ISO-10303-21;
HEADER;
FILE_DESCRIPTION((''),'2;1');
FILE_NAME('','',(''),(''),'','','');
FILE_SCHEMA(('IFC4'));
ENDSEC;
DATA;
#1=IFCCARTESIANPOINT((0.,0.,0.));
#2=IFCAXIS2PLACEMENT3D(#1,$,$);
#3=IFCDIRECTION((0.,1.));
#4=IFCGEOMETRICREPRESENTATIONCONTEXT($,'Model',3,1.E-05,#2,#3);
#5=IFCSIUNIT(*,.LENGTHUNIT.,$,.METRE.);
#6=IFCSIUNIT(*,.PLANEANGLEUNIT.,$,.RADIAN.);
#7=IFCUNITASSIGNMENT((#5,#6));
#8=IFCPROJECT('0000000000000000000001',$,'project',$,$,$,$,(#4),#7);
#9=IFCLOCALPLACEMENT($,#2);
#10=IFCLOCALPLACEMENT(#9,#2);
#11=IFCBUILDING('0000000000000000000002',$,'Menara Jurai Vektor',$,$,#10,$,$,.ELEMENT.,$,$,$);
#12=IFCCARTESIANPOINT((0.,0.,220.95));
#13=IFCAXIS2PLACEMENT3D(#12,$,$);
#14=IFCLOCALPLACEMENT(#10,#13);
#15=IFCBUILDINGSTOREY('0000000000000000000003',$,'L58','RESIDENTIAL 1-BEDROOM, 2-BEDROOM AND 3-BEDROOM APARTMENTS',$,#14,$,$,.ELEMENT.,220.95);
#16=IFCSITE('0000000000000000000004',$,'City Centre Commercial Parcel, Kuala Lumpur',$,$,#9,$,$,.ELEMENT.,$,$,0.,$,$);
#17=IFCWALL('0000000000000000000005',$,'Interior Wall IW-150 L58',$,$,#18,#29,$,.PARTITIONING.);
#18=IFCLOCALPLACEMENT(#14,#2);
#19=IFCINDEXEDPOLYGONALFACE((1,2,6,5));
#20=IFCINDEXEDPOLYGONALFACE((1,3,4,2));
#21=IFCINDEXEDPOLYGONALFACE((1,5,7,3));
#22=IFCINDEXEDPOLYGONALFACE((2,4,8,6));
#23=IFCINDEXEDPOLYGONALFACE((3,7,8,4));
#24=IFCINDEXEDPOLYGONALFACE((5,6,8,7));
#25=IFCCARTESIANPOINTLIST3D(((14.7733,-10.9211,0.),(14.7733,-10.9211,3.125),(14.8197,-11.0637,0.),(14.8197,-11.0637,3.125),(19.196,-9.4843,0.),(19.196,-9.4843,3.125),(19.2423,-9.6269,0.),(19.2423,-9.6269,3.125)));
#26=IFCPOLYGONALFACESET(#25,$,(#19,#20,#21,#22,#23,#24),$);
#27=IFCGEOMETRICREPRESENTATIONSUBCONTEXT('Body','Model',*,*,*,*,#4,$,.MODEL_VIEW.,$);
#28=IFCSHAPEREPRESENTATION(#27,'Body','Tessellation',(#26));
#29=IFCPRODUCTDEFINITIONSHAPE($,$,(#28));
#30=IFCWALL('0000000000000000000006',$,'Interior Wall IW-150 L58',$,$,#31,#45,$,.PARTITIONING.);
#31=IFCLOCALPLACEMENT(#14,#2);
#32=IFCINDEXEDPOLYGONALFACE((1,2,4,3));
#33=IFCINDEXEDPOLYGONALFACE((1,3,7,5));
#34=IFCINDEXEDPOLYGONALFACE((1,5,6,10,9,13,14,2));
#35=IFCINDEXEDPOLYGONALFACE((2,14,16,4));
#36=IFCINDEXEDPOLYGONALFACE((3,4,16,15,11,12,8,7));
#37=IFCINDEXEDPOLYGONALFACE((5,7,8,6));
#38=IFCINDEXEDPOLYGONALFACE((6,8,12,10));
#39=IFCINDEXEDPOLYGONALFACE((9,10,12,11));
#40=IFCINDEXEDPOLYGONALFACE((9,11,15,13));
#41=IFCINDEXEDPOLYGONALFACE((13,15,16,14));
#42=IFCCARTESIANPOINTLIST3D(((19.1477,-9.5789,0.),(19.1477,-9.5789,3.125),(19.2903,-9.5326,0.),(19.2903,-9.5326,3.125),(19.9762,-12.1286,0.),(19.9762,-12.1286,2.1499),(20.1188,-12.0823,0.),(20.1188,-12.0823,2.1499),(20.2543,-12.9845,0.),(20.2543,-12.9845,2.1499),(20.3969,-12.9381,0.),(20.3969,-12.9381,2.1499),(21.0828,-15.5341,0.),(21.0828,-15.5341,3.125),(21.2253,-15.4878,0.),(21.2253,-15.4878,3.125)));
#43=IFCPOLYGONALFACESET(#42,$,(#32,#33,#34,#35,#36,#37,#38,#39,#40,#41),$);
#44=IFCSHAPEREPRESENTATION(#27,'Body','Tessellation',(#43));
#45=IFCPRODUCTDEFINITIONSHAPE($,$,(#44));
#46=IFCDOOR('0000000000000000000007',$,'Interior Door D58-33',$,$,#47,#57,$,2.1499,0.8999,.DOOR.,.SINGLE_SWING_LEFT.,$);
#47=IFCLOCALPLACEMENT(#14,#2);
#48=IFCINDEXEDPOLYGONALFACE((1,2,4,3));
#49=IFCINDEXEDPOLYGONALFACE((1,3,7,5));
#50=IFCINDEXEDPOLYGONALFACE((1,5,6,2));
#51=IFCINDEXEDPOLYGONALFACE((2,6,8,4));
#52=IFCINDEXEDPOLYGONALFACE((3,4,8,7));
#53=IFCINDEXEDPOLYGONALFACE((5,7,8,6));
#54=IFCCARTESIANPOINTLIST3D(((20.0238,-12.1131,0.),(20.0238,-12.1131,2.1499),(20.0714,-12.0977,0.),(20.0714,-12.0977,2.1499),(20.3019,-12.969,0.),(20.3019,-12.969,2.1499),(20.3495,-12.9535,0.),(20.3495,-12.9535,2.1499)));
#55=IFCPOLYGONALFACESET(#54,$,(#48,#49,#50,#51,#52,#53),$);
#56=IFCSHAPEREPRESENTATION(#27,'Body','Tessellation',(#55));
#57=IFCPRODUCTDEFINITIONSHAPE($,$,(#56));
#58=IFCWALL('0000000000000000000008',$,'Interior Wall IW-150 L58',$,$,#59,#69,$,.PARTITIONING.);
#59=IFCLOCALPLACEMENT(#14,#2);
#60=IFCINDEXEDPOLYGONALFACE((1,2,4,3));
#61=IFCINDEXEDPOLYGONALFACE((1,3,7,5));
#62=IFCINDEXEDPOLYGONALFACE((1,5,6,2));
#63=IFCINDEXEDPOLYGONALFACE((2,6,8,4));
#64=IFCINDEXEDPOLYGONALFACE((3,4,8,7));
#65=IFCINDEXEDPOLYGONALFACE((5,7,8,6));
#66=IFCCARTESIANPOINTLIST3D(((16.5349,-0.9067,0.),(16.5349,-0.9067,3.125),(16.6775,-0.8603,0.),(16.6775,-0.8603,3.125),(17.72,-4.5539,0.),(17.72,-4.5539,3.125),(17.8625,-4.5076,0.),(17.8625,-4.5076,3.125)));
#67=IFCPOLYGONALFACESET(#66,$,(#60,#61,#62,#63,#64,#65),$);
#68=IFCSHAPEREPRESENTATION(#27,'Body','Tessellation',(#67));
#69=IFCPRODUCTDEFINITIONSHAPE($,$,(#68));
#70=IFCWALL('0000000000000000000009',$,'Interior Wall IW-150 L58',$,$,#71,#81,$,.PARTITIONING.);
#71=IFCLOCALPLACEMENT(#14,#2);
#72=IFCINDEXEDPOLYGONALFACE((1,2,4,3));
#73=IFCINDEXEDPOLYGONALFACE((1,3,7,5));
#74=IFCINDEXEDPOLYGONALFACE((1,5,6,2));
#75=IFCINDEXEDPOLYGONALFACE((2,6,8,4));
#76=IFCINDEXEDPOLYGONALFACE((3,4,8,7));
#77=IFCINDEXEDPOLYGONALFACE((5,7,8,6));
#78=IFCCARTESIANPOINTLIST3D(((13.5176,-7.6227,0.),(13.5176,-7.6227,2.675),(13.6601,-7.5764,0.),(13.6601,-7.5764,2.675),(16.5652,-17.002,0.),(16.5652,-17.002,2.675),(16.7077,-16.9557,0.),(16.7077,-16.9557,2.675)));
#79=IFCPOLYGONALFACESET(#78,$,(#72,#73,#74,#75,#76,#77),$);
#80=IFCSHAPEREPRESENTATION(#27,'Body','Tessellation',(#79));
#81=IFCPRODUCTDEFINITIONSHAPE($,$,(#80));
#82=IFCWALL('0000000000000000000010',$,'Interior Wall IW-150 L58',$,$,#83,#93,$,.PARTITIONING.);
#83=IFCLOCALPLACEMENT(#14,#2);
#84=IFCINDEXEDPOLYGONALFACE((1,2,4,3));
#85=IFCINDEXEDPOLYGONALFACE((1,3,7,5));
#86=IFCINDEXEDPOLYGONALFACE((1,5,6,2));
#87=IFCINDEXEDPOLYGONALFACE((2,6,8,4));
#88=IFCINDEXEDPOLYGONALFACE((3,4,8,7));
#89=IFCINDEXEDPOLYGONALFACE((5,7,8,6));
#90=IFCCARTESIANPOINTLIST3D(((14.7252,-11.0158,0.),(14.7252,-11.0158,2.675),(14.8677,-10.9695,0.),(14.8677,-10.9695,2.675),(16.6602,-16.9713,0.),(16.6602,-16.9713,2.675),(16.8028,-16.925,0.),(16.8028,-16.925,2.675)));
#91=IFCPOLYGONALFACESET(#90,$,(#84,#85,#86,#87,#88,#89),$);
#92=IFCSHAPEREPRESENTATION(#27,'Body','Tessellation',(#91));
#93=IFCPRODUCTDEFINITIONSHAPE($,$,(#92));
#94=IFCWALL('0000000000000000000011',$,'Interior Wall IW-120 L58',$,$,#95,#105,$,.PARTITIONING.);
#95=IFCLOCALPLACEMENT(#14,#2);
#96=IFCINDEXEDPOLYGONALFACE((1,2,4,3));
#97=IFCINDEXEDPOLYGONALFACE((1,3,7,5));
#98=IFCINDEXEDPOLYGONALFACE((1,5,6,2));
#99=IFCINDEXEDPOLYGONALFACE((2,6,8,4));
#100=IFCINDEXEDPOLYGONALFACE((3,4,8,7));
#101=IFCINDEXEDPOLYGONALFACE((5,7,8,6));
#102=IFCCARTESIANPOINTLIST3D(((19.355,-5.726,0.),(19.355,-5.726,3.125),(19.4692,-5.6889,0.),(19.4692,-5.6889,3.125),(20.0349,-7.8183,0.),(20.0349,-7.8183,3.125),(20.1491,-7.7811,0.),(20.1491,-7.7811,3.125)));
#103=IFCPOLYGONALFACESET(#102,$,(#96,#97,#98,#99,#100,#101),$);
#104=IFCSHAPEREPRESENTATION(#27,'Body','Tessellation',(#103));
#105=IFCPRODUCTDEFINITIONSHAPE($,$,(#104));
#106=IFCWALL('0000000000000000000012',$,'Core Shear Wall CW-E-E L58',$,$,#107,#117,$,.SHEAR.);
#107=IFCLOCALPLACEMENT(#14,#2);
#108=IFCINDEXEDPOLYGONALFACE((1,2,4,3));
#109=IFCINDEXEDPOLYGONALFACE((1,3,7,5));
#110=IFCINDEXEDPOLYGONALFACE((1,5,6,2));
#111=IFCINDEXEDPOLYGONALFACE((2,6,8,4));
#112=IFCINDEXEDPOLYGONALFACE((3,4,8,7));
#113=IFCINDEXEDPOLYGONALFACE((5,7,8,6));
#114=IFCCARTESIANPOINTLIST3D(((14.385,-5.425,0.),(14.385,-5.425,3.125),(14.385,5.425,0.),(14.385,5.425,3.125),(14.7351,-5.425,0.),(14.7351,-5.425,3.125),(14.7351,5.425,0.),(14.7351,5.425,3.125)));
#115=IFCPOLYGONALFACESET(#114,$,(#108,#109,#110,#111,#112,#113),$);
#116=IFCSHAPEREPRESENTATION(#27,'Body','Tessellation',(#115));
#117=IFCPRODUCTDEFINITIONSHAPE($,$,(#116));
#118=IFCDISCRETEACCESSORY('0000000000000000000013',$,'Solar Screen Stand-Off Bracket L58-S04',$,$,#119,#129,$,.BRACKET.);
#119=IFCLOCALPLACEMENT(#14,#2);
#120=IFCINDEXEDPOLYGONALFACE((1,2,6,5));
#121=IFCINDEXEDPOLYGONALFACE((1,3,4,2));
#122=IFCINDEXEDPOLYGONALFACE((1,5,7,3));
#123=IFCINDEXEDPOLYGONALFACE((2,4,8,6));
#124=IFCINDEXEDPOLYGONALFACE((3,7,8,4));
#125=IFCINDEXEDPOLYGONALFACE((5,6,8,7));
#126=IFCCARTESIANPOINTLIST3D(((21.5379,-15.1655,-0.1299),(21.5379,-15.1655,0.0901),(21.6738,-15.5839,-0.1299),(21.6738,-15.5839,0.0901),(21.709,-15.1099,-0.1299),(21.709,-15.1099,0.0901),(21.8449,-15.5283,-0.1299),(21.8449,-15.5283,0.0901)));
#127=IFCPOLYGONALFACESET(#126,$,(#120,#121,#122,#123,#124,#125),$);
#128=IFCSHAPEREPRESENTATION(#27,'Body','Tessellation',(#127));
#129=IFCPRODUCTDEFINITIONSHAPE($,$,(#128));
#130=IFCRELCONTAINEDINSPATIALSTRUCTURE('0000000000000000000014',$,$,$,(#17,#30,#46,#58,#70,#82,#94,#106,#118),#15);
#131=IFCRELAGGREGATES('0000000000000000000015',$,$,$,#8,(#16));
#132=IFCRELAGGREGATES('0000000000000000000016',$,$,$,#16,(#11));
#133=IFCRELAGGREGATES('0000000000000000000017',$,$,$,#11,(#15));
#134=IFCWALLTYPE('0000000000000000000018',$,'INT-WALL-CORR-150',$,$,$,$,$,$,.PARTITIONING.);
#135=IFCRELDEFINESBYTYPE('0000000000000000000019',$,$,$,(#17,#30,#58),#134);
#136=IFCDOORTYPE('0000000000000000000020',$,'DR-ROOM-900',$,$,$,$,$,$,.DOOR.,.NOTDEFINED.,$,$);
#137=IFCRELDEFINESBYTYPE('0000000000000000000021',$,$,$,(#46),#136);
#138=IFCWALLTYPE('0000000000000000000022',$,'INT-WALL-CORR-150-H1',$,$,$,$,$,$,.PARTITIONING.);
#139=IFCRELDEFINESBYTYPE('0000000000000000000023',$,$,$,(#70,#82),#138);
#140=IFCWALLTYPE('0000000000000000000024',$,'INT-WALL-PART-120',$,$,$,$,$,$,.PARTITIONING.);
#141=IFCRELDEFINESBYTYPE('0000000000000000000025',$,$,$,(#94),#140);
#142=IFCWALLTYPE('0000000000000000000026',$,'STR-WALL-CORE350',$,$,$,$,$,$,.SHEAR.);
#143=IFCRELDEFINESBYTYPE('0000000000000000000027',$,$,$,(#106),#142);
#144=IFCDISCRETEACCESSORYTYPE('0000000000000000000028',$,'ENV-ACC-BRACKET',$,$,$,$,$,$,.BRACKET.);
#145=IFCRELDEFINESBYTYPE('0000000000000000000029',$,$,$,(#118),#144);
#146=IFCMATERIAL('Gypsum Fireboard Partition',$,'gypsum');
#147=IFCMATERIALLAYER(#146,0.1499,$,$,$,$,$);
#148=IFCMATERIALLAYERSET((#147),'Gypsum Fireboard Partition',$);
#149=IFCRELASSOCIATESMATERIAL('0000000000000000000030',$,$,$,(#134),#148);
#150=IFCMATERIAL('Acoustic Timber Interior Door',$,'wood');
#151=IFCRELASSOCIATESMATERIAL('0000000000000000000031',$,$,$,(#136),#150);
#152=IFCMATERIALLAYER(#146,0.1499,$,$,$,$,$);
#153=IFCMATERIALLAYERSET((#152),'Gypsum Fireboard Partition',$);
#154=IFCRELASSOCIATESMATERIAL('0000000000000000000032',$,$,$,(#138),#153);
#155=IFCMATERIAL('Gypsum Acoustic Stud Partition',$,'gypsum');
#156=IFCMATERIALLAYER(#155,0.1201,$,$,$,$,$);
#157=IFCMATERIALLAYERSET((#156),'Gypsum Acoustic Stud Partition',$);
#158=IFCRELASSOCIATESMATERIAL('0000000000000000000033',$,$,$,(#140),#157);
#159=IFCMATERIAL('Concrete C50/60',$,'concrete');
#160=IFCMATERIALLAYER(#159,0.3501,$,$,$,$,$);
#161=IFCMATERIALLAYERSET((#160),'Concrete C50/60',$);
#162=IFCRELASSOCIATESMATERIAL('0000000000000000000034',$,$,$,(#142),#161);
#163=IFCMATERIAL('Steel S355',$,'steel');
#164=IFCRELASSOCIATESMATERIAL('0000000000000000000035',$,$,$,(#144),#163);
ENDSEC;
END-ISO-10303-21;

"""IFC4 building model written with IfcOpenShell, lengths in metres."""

from ifc_helpers import new_model, si_unit, direction, frame, frame_2d, origin, origin_2d, place, context, subcontext, project, spatial, rectangle, extrude, material, layer, layer_set, type_object, element, fill, save


model = new_model("IFC4")

# Units and contexts
model_context = context("Model", 3, precision=1e-05, world=origin(), true_north=direction((0.0, 1.0)))
body_context = subcontext(model_context, "Body", "Model", "MODEL_VIEW")
ifc_project = project(units=[si_unit("LENGTHUNIT", "METRE"), si_unit("PLANEANGLEUNIT", "RADIAN")], contexts=[model_context])

# Site, building, storey
site_placement = place(None, origin())
site = spatial("IfcSite", under=ifc_project, at=site_placement, Name="City Centre Commercial Parcel, Kuala Lumpur", CompositionType="ELEMENT", RefElevation=0.0)
building_placement = place(site_placement, origin())
building = spatial("IfcBuilding", under=site, at=building_placement, Name="Menara Jurai Vektor", CompositionType="ELEMENT")
storey_placement = place(building_placement, frame((0.0, 0.0, 220.95)))
storey = spatial("IfcBuildingStorey", under=building, at=storey_placement, Name="L58", Description="RESIDENTIAL 1-BEDROOM, 2-BEDROOM AND 3-BEDROOM APARTMENTS", CompositionType="ELEMENT", Elevation=220.95)

# Shared definitions
ifc_material_1 = material(Name="Concrete C50/60", Category="concrete")

# Shared definitions
ifc_material_2 = material(Name="Steel S355", Category="steel")

# Shared definitions
ifc_material_3 = material(Name="Gypsum Fireboard Partition", Category="gypsum")
ifc_layer_1 = layer(ifc_material_3, 0.1499)
ifc_layer_set_1 = layer_set([ifc_layer_1], Name="Gypsum Fireboard Partition")
wall_type_1 = type_object("IfcWallType", Name="INT-WALL-CORR-150", PredefinedType="PARTITIONING", material=ifc_layer_set_1)

# Shared definitions
ifc_material_4 = material(Name="Acoustic Timber Interior Door", Category="wood")
door_type_1 = type_object("IfcDoorType", Name="DR-ROOM-900", OperationType="NOTDEFINED", PredefinedType="DOOR", material=ifc_material_4)

# Wall
wall_1_placement = place(storey_placement, frame((14.7964, -10.9924, 0.0), z_axis=(0.0, 0.0, 1.0), x_axis=(0.951071, 0.308973, 0.0)))
element("IfcWall", 1, at=wall_1_placement, inside=storey, type_object=wall_type_1, Name="Interior Wall IW-150 L58", PredefinedType="PARTITIONING", context=body_context, shape_type="SweptSolid", body=[
    extrude(rectangle(XDim=4.6501, YDim=0.1499, at=frame_2d((2.3252, 0.0))), origin(), (0.0, 0.0, 1.0), 3.125),
])

# Wall, opening, door
wall_2_placement = place(storey_placement, frame((21.1541, -15.511, 0.0), z_axis=(0.0, 0.0, 1.0), x_axis=(-0.309025, 0.951054, 0.0)))
wall_2 = element("IfcWall", 2, at=wall_2_placement, inside=storey, type_object=wall_type_1, Name="Interior Wall IW-150 L58", PredefinedType="PARTITIONING", context=body_context, shape_type="SweptSolid", body=[
    extrude(rectangle(XDim=6.2617, YDim=0.1499, at=frame_2d((3.1309, 0.0))), origin(), (0.0, 0.0, 1.0), 3.125),
])
opening_1_placement = place(wall_2_placement, frame((2.6809, 0.0, 0.0)))
opening_1 = element("IfcOpeningElement", 3, at=opening_1_placement, cuts=wall_2, PredefinedType="OPENING", context=body_context, shape_type="SweptSolid", body=[
    extrude(rectangle(XDim=0.8999, YDim=2.1499, at=frame_2d((0.45, 1.075))), frame((0.0, 0.085, 0.0), z_axis=(0.0, -1.0, 0.0), x_axis=(1.0, 0.0, 0.0)), (0.0, 0.0, 1.0), 0.1699),
])
door_1_placement = place(opening_1_placement, origin())
door_1 = element("IfcDoor", 4, at=door_1_placement, inside=storey, type_object=door_type_1, Name="Interior Door D58-33", OperationType="SINGLE_SWING_LEFT", OverallHeight=2.1499, OverallWidth=0.8999, PredefinedType="DOOR", context=body_context, shape_type="SweptSolid", body=[
    extrude(rectangle(XDim=0.8999, YDim=2.1499, at=frame_2d((0.45, 1.075))), frame((0.0, 0.0249, 0.0), z_axis=(0.0, -1.0, 0.0), x_axis=(1.0, 0.0, 0.0)), (0.0, 0.0, 1.0), 0.05),
])
fill(opening_1, door_1)

# Walls
wall_3_placement = place(storey_placement, frame((17.7913, -4.5308, 0.0), z_axis=(0.0, 0.0, 1.0), x_axis=(-0.309018, 0.951056, 0.0)))
element("IfcWall", 5, at=wall_3_placement, inside=storey, type_object=wall_type_1, Name="Interior Wall IW-150 L58", PredefinedType="PARTITIONING", context=body_context, shape_type="SweptSolid", body=[
    extrude(rectangle(XDim=3.835, YDim=0.1499, at=frame_2d((1.9175, 0.0))), origin(), (0.0, 0.0, 1.0), 3.125),
])
ifc_layer_2 = layer(ifc_material_3, 0.1499)
ifc_layer_set_2 = layer_set([ifc_layer_2], Name="Gypsum Fireboard Partition")
wall_type_2 = type_object("IfcWallType", Name="INT-WALL-CORR-150-H1", PredefinedType="PARTITIONING", material=ifc_layer_set_2)
wall_4_placement = place(storey_placement, frame((16.6365, -16.979, 0.0), z_axis=(0.0, 0.0, 1.0), x_axis=(-0.309022, 0.951055, 0.0)))
element("IfcWall", 6, at=wall_4_placement, inside=storey, type_object=wall_type_2, Name="Interior Wall IW-150 L58", PredefinedType="PARTITIONING", context=body_context, shape_type="SweptSolid", body=[
    extrude(rectangle(XDim=9.8621, YDim=0.1499, at=frame_2d((4.9312, 0.0))), origin(), (0.0, 0.0, 1.0), 2.675),
])
wall_5_placement = place(storey_placement, frame((16.7314, -16.948, 0.0), z_axis=(0.0, 0.0, 1.0), x_axis=(-0.309014, 0.951058, 0.0)))
element("IfcWall", 7, at=wall_5_placement, inside=storey, type_object=wall_type_2, Name="Interior Wall IW-150 L58", PredefinedType="PARTITIONING", context=body_context, shape_type="SweptSolid", body=[
    extrude(rectangle(XDim=6.262, YDim=0.1499, at=frame_2d((3.1309, 0.0))), origin(), (0.0, 0.0, 1.0), 2.675),
])
ifc_material_5 = material(Name="Gypsum Acoustic Stud Partition", Category="gypsum")
ifc_layer_3 = layer(ifc_material_5, 0.1201)
ifc_layer_set_3 = layer_set([ifc_layer_3], Name="Gypsum Acoustic Stud Partition")
wall_type_3 = type_object("IfcWallType", Name="INT-WALL-PART-120", PredefinedType="PARTITIONING", material=ifc_layer_set_3)
wall_6_placement = place(storey_placement, frame((20.092, -7.7998, 0.0), z_axis=(0.0, 0.0, 1.0), x_axis=(-0.309061, 0.951042, 0.0)))
element("IfcWall", 8, at=wall_6_placement, inside=storey, type_object=wall_type_3, Name="Interior Wall IW-120 L58", PredefinedType="PARTITIONING", context=body_context, shape_type="SweptSolid", body=[
    extrude(rectangle(XDim=2.2, YDim=0.1201, at=frame_2d((1.1001, 0.0))), origin(), (0.0, 0.0, 1.0), 3.125),
])
ifc_layer_4 = layer(ifc_material_1, 0.3501)
ifc_layer_set_4 = layer_set([ifc_layer_4], Name="Concrete C50/60")
wall_type_4 = type_object("IfcWallType", Name="STR-WALL-CORE350", PredefinedType="SHEAR", material=ifc_layer_set_4)
wall_7_placement = place(storey_placement, frame((14.5601, -5.425, 0.0), z_axis=(0.0, 0.0, 1.0), x_axis=(0.0, 1.0, 0.0)))
element("IfcWall", 9, at=wall_7_placement, inside=storey, type_object=wall_type_4, Name="Core Shear Wall CW-E-E L58", PredefinedType="SHEAR", context=body_context, shape_type="SweptSolid", body=[
    extrude(rectangle(XDim=10.8501, YDim=0.3501, at=frame_2d((5.425, 0.0))), origin(), (0.0, 0.0, 1.0), 3.125),
])

# Discrete accessory
discrete_accessory_type = type_object("IfcDiscreteAccessoryType", Name="ENV-ACC-BRACKET", PredefinedType="BRACKET", material=ifc_material_2)
discrete_accessory_placement = place(storey_placement, frame((21.6914, -15.3469, -0.1299), z_axis=(0.0, 0.0, 1.0), x_axis=(0.951057, 0.309017, 0.0)))
element("IfcDiscreteAccessory", 10, at=discrete_accessory_placement, inside=storey, type_object=discrete_accessory_type, Name="Solar Screen Stand-Off Bracket L58-S04", PredefinedType="BRACKET", context=body_context, shape_type="SweptSolid", body=[
    extrude(rectangle(XDim=0.1799, YDim=0.4399, at=origin_2d()), origin(), (0.0, 0.0, 1.0), 0.22),
])

save(model, "model.ifc")
